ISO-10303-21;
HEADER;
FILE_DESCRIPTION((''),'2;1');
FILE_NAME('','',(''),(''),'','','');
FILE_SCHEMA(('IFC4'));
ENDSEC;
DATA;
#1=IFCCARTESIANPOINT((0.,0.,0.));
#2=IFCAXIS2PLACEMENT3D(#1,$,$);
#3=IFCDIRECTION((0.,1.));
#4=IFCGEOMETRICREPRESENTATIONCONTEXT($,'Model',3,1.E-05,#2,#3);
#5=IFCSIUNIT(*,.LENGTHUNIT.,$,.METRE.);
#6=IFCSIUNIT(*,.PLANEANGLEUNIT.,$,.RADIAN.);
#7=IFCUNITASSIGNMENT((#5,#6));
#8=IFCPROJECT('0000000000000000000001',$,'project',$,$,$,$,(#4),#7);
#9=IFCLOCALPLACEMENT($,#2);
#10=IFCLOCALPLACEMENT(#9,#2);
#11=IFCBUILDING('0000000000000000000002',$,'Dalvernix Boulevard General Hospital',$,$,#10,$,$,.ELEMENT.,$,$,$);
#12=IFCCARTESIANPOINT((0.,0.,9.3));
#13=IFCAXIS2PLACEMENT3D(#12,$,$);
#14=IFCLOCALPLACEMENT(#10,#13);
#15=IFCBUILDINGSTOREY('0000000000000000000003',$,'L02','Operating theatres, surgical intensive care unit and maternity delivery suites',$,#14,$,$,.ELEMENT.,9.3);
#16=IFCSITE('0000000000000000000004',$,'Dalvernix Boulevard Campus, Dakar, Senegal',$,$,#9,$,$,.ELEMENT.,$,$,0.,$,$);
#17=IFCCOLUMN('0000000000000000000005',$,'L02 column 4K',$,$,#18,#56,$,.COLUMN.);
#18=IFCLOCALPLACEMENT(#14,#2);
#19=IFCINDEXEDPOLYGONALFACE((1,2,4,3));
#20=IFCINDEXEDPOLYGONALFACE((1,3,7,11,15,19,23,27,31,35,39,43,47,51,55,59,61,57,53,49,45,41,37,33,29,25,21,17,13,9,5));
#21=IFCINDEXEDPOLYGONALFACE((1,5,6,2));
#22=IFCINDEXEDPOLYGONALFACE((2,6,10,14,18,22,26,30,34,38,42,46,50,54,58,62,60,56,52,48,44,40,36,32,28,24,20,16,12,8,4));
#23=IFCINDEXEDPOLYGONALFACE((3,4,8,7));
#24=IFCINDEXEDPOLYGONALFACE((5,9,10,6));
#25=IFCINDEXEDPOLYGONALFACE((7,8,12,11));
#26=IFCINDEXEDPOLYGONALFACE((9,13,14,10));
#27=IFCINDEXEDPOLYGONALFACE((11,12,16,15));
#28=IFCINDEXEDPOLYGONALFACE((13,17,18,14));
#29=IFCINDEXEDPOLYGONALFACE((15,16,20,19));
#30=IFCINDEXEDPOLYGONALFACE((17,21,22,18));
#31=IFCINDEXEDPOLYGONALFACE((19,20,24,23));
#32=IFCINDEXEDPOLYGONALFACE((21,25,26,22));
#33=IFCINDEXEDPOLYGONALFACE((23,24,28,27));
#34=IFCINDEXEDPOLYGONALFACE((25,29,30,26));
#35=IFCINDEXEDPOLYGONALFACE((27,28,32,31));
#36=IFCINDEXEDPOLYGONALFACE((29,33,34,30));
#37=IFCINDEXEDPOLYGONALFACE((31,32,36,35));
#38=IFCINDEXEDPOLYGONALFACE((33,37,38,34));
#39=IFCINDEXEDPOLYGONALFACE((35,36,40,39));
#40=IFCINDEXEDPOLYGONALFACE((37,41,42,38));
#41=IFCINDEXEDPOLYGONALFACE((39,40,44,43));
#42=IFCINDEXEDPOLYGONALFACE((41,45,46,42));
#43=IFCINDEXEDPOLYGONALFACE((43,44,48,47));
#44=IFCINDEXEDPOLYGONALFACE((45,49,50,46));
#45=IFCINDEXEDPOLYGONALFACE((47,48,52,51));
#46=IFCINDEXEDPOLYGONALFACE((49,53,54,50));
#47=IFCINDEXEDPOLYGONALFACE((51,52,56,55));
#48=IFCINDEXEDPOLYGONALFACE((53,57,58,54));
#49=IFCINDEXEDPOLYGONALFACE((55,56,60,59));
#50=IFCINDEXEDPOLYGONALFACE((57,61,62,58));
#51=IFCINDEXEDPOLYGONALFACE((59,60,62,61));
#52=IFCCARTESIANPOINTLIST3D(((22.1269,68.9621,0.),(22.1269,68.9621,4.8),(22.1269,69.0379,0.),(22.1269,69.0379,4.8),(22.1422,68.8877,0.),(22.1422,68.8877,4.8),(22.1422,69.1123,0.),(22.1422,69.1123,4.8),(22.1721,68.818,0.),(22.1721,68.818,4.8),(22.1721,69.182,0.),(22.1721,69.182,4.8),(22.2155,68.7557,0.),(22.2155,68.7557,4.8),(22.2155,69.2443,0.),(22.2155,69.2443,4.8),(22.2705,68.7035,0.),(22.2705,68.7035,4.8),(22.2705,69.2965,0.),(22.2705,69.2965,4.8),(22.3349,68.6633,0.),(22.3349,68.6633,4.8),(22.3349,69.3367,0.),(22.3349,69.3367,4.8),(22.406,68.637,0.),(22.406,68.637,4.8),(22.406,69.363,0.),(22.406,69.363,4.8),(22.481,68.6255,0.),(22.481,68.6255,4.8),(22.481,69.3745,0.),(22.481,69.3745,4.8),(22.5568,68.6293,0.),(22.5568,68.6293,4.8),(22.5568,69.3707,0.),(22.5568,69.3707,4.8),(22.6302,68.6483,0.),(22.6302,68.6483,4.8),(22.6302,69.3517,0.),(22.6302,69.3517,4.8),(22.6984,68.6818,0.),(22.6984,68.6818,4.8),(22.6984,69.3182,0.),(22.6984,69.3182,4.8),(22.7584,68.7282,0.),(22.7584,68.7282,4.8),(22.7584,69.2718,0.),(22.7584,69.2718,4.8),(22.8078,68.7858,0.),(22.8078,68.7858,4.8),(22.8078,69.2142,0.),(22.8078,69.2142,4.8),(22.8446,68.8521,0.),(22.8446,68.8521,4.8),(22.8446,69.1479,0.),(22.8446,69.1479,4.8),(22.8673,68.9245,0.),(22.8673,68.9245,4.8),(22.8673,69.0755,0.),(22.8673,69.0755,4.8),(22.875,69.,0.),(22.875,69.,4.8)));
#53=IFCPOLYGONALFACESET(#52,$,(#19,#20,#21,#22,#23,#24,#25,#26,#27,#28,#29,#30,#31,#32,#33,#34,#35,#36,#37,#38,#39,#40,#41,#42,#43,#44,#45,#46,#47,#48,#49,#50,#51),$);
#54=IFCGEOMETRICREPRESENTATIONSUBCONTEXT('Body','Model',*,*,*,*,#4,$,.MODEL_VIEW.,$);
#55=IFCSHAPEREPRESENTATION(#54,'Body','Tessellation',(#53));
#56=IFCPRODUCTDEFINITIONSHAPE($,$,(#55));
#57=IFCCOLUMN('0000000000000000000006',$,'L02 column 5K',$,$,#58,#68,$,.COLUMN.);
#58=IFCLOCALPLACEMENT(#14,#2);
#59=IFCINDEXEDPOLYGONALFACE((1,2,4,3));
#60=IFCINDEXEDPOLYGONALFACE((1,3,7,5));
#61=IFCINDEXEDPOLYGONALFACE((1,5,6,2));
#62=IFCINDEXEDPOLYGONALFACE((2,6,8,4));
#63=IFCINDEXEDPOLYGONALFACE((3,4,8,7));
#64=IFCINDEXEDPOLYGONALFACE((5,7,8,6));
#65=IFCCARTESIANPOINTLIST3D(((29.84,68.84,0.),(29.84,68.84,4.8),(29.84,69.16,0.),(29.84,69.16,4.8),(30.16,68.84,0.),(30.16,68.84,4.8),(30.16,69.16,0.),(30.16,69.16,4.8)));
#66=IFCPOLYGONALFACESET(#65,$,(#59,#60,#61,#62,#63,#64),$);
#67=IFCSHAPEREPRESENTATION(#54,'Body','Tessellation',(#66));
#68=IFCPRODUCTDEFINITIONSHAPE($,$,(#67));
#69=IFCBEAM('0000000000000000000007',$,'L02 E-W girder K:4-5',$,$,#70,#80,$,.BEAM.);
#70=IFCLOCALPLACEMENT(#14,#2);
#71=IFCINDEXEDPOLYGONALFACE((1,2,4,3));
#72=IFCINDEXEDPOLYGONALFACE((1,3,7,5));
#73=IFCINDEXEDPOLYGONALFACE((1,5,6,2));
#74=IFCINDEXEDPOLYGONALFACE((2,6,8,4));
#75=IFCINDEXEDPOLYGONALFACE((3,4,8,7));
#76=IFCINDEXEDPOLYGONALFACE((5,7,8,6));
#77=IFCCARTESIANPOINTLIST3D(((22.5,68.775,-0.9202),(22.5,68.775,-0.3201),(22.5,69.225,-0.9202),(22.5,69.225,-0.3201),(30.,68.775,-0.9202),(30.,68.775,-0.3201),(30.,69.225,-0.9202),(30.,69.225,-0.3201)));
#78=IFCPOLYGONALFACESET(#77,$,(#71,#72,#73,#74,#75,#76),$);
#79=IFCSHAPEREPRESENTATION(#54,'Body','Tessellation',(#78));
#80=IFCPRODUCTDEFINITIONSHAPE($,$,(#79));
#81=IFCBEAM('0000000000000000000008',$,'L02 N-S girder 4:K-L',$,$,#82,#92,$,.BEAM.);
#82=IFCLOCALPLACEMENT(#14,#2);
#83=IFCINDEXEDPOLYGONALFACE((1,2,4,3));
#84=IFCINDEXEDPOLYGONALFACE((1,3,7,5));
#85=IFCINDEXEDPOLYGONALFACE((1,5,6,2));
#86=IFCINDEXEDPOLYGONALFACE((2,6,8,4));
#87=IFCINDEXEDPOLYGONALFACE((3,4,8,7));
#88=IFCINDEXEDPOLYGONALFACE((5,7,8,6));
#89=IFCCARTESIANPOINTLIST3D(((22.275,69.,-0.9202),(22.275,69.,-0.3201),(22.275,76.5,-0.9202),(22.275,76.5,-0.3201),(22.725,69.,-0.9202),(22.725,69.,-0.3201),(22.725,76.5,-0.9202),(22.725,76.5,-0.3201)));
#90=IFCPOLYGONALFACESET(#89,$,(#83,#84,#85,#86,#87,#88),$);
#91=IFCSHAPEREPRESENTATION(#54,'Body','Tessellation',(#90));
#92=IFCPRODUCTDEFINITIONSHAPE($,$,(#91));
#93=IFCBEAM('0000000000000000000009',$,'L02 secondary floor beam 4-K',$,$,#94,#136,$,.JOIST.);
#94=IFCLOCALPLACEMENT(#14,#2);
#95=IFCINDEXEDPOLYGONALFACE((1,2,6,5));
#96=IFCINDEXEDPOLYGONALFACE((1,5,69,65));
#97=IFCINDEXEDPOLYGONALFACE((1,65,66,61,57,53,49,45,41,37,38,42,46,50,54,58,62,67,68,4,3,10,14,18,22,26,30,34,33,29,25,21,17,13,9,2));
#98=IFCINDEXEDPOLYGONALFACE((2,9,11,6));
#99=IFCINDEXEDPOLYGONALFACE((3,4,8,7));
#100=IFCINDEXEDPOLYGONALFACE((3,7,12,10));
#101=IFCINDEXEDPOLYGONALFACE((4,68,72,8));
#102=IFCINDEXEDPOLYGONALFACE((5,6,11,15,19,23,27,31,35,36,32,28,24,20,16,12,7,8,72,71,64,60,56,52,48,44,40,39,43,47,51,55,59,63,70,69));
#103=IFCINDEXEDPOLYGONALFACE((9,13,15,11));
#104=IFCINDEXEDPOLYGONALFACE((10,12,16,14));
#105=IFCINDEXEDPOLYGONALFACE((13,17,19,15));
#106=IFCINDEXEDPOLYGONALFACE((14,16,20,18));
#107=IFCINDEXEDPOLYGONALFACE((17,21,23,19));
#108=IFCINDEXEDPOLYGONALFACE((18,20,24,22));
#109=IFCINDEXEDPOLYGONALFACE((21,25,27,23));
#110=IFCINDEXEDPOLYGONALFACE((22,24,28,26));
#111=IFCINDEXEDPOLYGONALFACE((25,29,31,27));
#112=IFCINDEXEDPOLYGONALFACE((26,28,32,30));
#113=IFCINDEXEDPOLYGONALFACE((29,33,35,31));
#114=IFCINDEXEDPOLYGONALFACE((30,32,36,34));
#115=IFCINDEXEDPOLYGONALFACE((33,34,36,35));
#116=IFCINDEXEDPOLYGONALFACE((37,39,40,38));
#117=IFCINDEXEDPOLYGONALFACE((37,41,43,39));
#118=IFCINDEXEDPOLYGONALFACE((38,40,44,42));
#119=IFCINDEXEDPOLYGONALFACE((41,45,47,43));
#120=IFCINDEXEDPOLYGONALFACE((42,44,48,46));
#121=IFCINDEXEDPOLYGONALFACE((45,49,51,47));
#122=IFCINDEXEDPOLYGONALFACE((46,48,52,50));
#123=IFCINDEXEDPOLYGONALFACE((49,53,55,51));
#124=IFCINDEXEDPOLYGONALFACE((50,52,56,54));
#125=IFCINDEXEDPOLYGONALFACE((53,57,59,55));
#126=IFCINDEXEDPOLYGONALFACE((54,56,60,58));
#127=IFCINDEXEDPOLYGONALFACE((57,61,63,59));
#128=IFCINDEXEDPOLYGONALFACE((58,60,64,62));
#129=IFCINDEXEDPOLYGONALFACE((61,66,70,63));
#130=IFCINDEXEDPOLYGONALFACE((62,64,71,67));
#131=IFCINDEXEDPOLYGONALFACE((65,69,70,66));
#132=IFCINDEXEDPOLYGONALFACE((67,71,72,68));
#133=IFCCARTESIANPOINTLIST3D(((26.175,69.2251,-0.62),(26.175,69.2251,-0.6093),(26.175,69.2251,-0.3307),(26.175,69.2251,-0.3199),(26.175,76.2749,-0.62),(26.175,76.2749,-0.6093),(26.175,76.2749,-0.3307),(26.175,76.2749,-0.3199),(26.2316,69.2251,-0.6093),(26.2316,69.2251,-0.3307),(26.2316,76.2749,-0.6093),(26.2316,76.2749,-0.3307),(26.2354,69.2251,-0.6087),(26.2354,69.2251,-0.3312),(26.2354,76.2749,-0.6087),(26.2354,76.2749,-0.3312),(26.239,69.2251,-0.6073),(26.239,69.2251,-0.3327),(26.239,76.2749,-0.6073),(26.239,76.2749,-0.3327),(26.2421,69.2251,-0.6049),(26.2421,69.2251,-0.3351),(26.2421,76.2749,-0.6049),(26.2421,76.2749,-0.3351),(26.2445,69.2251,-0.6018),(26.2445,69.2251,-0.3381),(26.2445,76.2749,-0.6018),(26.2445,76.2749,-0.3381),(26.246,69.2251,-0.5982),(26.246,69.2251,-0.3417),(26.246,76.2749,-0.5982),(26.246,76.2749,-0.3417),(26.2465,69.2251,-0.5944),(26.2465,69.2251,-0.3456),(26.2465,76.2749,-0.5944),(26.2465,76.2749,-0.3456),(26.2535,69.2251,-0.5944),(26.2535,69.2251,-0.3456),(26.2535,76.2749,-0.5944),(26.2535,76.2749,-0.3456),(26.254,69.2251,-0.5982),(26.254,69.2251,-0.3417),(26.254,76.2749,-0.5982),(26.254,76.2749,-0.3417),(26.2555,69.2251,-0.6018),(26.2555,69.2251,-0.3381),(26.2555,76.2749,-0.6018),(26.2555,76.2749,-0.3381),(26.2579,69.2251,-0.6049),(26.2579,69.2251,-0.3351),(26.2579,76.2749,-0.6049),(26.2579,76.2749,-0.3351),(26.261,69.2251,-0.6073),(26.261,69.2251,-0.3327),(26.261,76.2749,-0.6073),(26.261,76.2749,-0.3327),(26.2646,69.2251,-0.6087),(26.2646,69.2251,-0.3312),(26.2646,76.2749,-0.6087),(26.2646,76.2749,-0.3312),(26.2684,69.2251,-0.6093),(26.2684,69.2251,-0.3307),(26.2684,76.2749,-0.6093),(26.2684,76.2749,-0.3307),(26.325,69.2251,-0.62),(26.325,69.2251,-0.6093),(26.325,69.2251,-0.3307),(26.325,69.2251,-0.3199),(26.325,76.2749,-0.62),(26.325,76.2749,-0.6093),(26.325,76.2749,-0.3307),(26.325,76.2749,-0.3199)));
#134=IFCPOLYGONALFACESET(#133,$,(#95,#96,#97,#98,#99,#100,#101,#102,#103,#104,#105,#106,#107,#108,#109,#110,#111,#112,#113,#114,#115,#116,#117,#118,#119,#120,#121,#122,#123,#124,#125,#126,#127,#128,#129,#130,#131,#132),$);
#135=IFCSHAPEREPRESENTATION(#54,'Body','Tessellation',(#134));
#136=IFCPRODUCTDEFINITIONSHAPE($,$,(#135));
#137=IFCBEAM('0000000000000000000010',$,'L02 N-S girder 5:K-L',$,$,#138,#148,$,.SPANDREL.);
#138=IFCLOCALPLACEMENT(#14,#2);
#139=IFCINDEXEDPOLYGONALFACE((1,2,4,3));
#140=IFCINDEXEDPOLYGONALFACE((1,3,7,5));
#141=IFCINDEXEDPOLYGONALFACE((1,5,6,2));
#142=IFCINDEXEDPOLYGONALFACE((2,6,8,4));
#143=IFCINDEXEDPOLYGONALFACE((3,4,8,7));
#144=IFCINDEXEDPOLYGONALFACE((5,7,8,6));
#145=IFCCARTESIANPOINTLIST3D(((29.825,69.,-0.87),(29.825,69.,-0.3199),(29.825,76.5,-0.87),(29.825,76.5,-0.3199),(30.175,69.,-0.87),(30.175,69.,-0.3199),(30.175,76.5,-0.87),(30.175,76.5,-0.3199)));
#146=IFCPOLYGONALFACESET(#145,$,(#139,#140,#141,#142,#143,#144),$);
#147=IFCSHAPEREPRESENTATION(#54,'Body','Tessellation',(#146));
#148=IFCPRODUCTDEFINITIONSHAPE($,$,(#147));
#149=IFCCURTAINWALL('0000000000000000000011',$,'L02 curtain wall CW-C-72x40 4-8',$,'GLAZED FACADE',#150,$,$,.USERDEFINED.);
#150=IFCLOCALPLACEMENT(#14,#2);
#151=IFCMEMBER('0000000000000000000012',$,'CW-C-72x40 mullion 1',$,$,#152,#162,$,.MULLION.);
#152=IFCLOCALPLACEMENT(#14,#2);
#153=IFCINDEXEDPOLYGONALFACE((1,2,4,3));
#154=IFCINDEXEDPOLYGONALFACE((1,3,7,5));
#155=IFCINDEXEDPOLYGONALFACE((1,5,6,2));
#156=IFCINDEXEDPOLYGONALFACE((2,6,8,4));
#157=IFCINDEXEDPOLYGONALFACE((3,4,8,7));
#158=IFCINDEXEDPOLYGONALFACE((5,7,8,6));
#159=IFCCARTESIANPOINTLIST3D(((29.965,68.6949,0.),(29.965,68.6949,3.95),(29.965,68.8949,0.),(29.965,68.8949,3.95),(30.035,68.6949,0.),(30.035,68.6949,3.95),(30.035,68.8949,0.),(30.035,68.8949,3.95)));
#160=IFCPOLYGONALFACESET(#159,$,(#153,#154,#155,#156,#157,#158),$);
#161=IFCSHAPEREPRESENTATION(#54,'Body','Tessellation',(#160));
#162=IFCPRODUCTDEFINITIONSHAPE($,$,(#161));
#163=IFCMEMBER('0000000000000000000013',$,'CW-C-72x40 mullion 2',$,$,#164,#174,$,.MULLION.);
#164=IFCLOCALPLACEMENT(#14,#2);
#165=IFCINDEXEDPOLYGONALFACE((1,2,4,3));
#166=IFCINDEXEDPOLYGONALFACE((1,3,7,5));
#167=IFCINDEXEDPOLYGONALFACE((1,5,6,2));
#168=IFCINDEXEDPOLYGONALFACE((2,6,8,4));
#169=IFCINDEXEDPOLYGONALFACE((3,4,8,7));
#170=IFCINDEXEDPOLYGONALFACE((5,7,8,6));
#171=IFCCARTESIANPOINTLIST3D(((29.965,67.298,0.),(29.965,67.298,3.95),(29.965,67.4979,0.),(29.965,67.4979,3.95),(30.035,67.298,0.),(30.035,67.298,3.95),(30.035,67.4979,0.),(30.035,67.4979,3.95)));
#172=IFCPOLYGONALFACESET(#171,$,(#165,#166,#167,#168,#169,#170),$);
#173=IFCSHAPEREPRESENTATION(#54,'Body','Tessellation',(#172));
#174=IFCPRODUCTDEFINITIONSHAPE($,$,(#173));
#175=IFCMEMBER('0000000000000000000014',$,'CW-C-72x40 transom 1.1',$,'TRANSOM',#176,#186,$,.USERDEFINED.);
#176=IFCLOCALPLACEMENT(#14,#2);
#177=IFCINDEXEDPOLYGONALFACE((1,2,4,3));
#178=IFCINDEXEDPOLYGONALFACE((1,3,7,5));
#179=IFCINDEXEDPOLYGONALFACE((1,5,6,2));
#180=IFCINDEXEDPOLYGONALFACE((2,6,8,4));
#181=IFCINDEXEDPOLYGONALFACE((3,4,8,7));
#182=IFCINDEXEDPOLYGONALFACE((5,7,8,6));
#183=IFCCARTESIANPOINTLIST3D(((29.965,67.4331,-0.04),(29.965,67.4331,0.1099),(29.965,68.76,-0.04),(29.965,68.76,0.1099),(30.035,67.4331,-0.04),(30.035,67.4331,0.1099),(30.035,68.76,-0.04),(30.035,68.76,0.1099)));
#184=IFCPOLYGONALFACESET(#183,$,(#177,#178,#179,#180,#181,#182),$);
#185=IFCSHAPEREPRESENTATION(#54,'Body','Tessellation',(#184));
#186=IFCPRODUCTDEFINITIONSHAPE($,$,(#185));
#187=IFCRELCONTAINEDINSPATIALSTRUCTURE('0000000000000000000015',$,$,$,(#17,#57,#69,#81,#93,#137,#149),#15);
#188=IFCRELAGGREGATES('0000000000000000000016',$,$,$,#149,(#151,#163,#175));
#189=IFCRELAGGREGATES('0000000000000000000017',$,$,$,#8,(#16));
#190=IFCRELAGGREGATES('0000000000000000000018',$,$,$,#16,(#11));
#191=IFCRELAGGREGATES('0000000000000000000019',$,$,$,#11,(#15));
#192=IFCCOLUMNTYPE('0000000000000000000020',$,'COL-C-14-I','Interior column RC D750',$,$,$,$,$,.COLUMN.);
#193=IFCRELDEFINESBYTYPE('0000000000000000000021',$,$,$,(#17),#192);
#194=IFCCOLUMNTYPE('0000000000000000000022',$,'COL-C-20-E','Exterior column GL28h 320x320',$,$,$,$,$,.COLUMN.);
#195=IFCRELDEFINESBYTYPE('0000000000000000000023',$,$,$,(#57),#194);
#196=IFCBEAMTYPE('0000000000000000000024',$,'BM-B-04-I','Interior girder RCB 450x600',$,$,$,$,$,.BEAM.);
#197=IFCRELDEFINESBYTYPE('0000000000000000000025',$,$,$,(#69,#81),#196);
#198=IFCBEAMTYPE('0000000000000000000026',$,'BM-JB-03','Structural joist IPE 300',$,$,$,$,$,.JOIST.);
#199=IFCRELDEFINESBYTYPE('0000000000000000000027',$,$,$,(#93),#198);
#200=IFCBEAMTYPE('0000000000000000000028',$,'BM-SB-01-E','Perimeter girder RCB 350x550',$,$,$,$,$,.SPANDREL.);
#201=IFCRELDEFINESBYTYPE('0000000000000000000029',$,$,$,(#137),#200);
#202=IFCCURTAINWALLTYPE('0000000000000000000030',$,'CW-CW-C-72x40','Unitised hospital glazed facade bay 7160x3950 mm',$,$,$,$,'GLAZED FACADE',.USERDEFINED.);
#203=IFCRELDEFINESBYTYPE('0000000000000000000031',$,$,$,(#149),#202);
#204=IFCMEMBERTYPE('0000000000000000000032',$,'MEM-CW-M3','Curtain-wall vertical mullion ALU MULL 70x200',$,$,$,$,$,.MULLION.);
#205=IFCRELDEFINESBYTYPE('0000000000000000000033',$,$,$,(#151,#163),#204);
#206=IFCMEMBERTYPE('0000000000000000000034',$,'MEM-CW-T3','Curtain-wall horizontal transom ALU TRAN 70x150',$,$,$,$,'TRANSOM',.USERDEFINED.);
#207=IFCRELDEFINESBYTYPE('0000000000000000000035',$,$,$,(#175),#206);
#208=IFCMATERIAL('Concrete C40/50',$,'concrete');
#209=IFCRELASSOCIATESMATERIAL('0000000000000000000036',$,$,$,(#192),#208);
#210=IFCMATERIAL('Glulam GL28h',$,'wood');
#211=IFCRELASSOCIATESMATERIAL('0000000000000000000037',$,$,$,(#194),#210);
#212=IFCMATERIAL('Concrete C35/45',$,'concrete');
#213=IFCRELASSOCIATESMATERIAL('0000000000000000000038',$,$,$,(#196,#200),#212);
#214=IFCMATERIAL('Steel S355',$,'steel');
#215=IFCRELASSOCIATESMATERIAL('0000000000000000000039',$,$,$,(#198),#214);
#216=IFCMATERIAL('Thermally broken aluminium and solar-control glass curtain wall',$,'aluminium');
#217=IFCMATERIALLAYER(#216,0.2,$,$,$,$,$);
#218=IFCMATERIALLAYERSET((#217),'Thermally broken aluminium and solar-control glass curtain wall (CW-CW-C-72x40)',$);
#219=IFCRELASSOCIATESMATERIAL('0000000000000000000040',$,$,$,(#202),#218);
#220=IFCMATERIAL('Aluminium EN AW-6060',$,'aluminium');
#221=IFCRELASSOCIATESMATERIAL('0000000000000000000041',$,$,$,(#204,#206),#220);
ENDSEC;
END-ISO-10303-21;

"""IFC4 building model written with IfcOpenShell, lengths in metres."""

from ifc_helpers import new_model, si_unit, direction, frame, origin, origin_2d, place, context, subcontext, project, spatial, rectangle, circle, i_section, extrude, material, layer, layer_set, material_profile, profile_set, type_object, element, aggregate, save


model = new_model("IFC4")

# Units and contexts
model_context = context("Model", 3, precision=1e-05, world=origin(), true_north=direction((0.0, 1.0)))
body_context = subcontext(model_context, "Body", "Model", "MODEL_VIEW")
ifc_project = project(units=[si_unit("LENGTHUNIT", "METRE"), si_unit("PLANEANGLEUNIT", "RADIAN")], contexts=[model_context])

# Site, building, storey
site_placement = place(None, origin())
site = spatial("IfcSite", under=ifc_project, at=site_placement, Name="Dalvernix Boulevard Campus, Dakar, Senegal", CompositionType="ELEMENT", RefElevation=0.0)
building_placement = place(site_placement, origin())
building = spatial("IfcBuilding", under=site, at=building_placement, Name="Dalvernix Boulevard General Hospital", CompositionType="ELEMENT")
storey_placement = place(building_placement, frame((0.0, 0.0, 9.3)))
storey = spatial("IfcBuildingStorey", under=building, at=storey_placement, Name="L02", Description="Operating theatres, surgical intensive care unit and maternity delivery suites", CompositionType="ELEMENT", Elevation=9.3)

# Columns
ifc_material_1 = material(Name="Concrete C40/50", Category="concrete")
ifc_material_profile_1 = material_profile(ifc_material_1, circle(Radius=0.375, at=origin_2d()), Name="RC D750")
ifc_profile_set_1 = profile_set([ifc_material_profile_1], Name="Concrete C40/50")
column_type_1 = type_object("IfcColumnType", Name="COL-C-14-I", Description="Interior column RC D750", PredefinedType="COLUMN", material=ifc_profile_set_1)
column_1_placement = place(storey_placement, frame((22.5, 69.0, 0.0), z_axis=(0.0, 0.0, 1.0), x_axis=(1.0, 0.0, 0.0)))
element("IfcColumn", 1, at=column_1_placement, inside=storey, type_object=column_type_1, Name="L02 column 4K", PredefinedType="COLUMN", context=body_context, shape_type="SweptSolid", body=[
    extrude(circle(Radius=0.375, at=origin_2d()), origin(), (0.0, 0.0, 1.0), 4.8),
])
ifc_material_2 = material(Name="Glulam GL28h", Category="wood")
ifc_material_profile_2 = material_profile(ifc_material_2, rectangle(XDim=0.3201, YDim=0.3201, at=origin_2d()), Name="GL28h 320x320")
ifc_profile_set_2 = profile_set([ifc_material_profile_2], Name="Glulam GL28h")
column_type_2 = type_object("IfcColumnType", Name="COL-C-20-E", Description="Exterior column GL28h 320x320", PredefinedType="COLUMN", material=ifc_profile_set_2)
column_2_placement = place(storey_placement, frame((30.0, 69.0, 0.0), z_axis=(0.0, 0.0, 1.0), x_axis=(1.0, 0.0, 0.0)))
element("IfcColumn", 2, at=column_2_placement, inside=storey, type_object=column_type_2, Name="L02 column 5K", PredefinedType="COLUMN", context=body_context, shape_type="SweptSolid", body=[
    extrude(rectangle(XDim=0.3201, YDim=0.3201, at=origin_2d()), origin(), (0.0, 0.0, 1.0), 4.8),
])

# Beams
ifc_material_3 = material(Name="Concrete C35/45", Category="concrete")
ifc_material_profile_3 = material_profile(ifc_material_3, rectangle(XDim=0.45, YDim=0.6001, at=origin_2d()), Name="RCB 450x600")
ifc_profile_set_3 = profile_set([ifc_material_profile_3], Name="Concrete C35/45")
beam_type_1 = type_object("IfcBeamType", Name="BM-B-04-I", Description="Interior girder RCB 450x600", PredefinedType="BEAM", material=ifc_profile_set_3)
for number, where, z_axis, x_axis, name in (
    (3, (22.5, 69.0, -0.6201), (1.0, 0.0, 0.0), (0.0, 1.0, 0.0), "L02 E-W girder K:4-5"),
    (4, (22.5, 69.0, -0.6201), (0.0, 1.0, 0.0), (-1.0, 0.0, 0.0), "L02 N-S girder 4:K-L"),
):
    element("IfcBeam", number, at=place(storey_placement, frame(where, z_axis=z_axis, x_axis=x_axis)), inside=storey, type_object=beam_type_1, Name=name, PredefinedType="BEAM", context=body_context, shape_type="SweptSolid", body=[
        extrude(rectangle(XDim=0.45, YDim=0.6001, at=origin_2d()), origin(), (0.0, 0.0, 1.0), 7.5),
    ])
ifc_material_4 = material(Name="Steel S355", Category="steel")
ifc_material_profile_4 = material_profile(ifc_material_4, i_section(OverallWidth=0.1499, OverallDepth=0.3, WebThickness=0.0071, FlangeThickness=0.0107, FilletRadius=0.0149, at=origin_2d()), Name="IPE 300")
ifc_profile_set_4 = profile_set([ifc_material_profile_4], Name="Steel S355")
beam_type_2 = type_object("IfcBeamType", Name="BM-JB-03", Description="Structural joist IPE 300", PredefinedType="JOIST", material=ifc_profile_set_4)
beam_1_placement = place(storey_placement, frame((26.25, 69.2251, -0.47), z_axis=(0.0, 1.0, 0.0), x_axis=(-1.0, 0.0, 0.0)))
element("IfcBeam", 5, at=beam_1_placement, inside=storey, type_object=beam_type_2, Name="L02 secondary floor beam 4-K", PredefinedType="JOIST", context=body_context, shape_type="SweptSolid", body=[
    extrude(i_section(OverallWidth=0.1499, OverallDepth=0.3, WebThickness=0.0071, FlangeThickness=0.0107, FilletRadius=0.0149, at=origin_2d()), origin(), (0.0, 0.0, 1.0), 7.0498),
])
ifc_material_profile_5 = material_profile(ifc_material_3, rectangle(XDim=0.3501, YDim=0.55, at=origin_2d()), Name="RCB 350x550")
ifc_profile_set_5 = profile_set([ifc_material_profile_5], Name="Concrete C35/45")
beam_type_3 = type_object("IfcBeamType", Name="BM-SB-01-E", Description="Perimeter girder RCB 350x550", PredefinedType="SPANDREL", material=ifc_profile_set_5)
beam_2_placement = place(storey_placement, frame((30.0, 69.0, -0.595), z_axis=(0.0, 1.0, 0.0), x_axis=(-1.0, 0.0, 0.0)))
element("IfcBeam", 6, at=beam_2_placement, inside=storey, type_object=beam_type_3, Name="L02 N-S girder 5:K-L", PredefinedType="SPANDREL", context=body_context, shape_type="SweptSolid", body=[
    extrude(rectangle(XDim=0.3501, YDim=0.55, at=origin_2d()), origin(), (0.0, 0.0, 1.0), 7.5),
])

# Curtain wall, members
ifc_material_5 = material(Name="Thermally broken aluminium and solar-control glass curtain wall", Category="aluminium")
ifc_layer_1 = layer(ifc_material_5, 0.2)
ifc_layer_set_1 = layer_set([ifc_layer_1], Name="Thermally broken aluminium and solar-control glass curtain wall (CW-CW-C-72x40)")
curtain_wall_type = type_object("IfcCurtainWallType", Name="CW-CW-C-72x40", Description="Unitised hospital glazed facade bay 7160x3950 mm", ElementType="GLAZED FACADE", PredefinedType="USERDEFINED", material=ifc_layer_set_1)
curtain_wall_placement = place(storey_placement, origin())
curtain_wall = element("IfcCurtainWall", 7, at=curtain_wall_placement, inside=storey, type_object=curtain_wall_type, Name="L02 curtain wall CW-C-72x40 4-8", ObjectType="GLAZED FACADE", PredefinedType="USERDEFINED")
ifc_material_6 = material(Name="Aluminium EN AW-6060", Category="aluminium")
ifc_material_profile_6 = material_profile(ifc_material_6, rectangle(XDim=0.0701, YDim=0.2, at=origin_2d()), Name="ALU MULL 70x200")
ifc_profile_set_6 = profile_set([ifc_material_profile_6], Name="Aluminium EN AW-6060")
member_type_1 = type_object("IfcMemberType", Name="MEM-CW-M3", Description="Curtain-wall vertical mullion ALU MULL 70x200", PredefinedType="MULLION", material=ifc_profile_set_6)
member_1_placement = place(storey_placement, frame((30.0, 68.7949, 0.0), z_axis=(0.0, 0.0, 1.0), x_axis=(1.0, 0.0, 0.0)))
member_1 = element("IfcMember", 8, at=member_1_placement, type_object=member_type_1, Name="CW-C-72x40 mullion 1", PredefinedType="MULLION", context=body_context, shape_type="SweptSolid", body=[
    extrude(rectangle(XDim=0.0701, YDim=0.2, at=origin_2d()), origin(), (0.0, 0.0, 1.0), 3.95),
])
member_2_placement = place(storey_placement, frame((30.0, 67.3979, 0.0), z_axis=(0.0, 0.0, 1.0), x_axis=(1.0, 0.0, 0.0)))
member_2 = element("IfcMember", 9, at=member_2_placement, type_object=member_type_1, Name="CW-C-72x40 mullion 2", PredefinedType="MULLION", context=body_context, shape_type="SweptSolid", body=[
    extrude(rectangle(XDim=0.0701, YDim=0.2, at=origin_2d()), origin(), (0.0, 0.0, 1.0), 3.95),
])
ifc_material_profile_7 = material_profile(ifc_material_6, rectangle(XDim=0.0701, YDim=0.1499, at=origin_2d()), Name="ALU TRAN 70x150")
ifc_profile_set_7 = profile_set([ifc_material_profile_7], Name="Aluminium EN AW-6060")
member_type_2 = type_object("IfcMemberType", Name="MEM-CW-T3", Description="Curtain-wall horizontal transom ALU TRAN 70x150", ElementType="TRANSOM", PredefinedType="USERDEFINED", material=ifc_profile_set_7)
member_3_placement = place(storey_placement, frame((30.0, 68.76, 0.0349), z_axis=(0.0, -1.0, 0.0), x_axis=(1.0, 0.0, 0.0)))
member_3 = element("IfcMember", 10, at=member_3_placement, type_object=member_type_2, Name="CW-C-72x40 transom 1.1", ObjectType="TRANSOM", PredefinedType="USERDEFINED", context=body_context, shape_type="SweptSolid", body=[
    extrude(rectangle(XDim=0.0701, YDim=0.1499, at=origin_2d()), origin(), (0.0, 0.0, 1.0), 1.3269),
])
aggregate(curtain_wall, [member_1, member_2, member_3])

save(model, "model.ifc")
